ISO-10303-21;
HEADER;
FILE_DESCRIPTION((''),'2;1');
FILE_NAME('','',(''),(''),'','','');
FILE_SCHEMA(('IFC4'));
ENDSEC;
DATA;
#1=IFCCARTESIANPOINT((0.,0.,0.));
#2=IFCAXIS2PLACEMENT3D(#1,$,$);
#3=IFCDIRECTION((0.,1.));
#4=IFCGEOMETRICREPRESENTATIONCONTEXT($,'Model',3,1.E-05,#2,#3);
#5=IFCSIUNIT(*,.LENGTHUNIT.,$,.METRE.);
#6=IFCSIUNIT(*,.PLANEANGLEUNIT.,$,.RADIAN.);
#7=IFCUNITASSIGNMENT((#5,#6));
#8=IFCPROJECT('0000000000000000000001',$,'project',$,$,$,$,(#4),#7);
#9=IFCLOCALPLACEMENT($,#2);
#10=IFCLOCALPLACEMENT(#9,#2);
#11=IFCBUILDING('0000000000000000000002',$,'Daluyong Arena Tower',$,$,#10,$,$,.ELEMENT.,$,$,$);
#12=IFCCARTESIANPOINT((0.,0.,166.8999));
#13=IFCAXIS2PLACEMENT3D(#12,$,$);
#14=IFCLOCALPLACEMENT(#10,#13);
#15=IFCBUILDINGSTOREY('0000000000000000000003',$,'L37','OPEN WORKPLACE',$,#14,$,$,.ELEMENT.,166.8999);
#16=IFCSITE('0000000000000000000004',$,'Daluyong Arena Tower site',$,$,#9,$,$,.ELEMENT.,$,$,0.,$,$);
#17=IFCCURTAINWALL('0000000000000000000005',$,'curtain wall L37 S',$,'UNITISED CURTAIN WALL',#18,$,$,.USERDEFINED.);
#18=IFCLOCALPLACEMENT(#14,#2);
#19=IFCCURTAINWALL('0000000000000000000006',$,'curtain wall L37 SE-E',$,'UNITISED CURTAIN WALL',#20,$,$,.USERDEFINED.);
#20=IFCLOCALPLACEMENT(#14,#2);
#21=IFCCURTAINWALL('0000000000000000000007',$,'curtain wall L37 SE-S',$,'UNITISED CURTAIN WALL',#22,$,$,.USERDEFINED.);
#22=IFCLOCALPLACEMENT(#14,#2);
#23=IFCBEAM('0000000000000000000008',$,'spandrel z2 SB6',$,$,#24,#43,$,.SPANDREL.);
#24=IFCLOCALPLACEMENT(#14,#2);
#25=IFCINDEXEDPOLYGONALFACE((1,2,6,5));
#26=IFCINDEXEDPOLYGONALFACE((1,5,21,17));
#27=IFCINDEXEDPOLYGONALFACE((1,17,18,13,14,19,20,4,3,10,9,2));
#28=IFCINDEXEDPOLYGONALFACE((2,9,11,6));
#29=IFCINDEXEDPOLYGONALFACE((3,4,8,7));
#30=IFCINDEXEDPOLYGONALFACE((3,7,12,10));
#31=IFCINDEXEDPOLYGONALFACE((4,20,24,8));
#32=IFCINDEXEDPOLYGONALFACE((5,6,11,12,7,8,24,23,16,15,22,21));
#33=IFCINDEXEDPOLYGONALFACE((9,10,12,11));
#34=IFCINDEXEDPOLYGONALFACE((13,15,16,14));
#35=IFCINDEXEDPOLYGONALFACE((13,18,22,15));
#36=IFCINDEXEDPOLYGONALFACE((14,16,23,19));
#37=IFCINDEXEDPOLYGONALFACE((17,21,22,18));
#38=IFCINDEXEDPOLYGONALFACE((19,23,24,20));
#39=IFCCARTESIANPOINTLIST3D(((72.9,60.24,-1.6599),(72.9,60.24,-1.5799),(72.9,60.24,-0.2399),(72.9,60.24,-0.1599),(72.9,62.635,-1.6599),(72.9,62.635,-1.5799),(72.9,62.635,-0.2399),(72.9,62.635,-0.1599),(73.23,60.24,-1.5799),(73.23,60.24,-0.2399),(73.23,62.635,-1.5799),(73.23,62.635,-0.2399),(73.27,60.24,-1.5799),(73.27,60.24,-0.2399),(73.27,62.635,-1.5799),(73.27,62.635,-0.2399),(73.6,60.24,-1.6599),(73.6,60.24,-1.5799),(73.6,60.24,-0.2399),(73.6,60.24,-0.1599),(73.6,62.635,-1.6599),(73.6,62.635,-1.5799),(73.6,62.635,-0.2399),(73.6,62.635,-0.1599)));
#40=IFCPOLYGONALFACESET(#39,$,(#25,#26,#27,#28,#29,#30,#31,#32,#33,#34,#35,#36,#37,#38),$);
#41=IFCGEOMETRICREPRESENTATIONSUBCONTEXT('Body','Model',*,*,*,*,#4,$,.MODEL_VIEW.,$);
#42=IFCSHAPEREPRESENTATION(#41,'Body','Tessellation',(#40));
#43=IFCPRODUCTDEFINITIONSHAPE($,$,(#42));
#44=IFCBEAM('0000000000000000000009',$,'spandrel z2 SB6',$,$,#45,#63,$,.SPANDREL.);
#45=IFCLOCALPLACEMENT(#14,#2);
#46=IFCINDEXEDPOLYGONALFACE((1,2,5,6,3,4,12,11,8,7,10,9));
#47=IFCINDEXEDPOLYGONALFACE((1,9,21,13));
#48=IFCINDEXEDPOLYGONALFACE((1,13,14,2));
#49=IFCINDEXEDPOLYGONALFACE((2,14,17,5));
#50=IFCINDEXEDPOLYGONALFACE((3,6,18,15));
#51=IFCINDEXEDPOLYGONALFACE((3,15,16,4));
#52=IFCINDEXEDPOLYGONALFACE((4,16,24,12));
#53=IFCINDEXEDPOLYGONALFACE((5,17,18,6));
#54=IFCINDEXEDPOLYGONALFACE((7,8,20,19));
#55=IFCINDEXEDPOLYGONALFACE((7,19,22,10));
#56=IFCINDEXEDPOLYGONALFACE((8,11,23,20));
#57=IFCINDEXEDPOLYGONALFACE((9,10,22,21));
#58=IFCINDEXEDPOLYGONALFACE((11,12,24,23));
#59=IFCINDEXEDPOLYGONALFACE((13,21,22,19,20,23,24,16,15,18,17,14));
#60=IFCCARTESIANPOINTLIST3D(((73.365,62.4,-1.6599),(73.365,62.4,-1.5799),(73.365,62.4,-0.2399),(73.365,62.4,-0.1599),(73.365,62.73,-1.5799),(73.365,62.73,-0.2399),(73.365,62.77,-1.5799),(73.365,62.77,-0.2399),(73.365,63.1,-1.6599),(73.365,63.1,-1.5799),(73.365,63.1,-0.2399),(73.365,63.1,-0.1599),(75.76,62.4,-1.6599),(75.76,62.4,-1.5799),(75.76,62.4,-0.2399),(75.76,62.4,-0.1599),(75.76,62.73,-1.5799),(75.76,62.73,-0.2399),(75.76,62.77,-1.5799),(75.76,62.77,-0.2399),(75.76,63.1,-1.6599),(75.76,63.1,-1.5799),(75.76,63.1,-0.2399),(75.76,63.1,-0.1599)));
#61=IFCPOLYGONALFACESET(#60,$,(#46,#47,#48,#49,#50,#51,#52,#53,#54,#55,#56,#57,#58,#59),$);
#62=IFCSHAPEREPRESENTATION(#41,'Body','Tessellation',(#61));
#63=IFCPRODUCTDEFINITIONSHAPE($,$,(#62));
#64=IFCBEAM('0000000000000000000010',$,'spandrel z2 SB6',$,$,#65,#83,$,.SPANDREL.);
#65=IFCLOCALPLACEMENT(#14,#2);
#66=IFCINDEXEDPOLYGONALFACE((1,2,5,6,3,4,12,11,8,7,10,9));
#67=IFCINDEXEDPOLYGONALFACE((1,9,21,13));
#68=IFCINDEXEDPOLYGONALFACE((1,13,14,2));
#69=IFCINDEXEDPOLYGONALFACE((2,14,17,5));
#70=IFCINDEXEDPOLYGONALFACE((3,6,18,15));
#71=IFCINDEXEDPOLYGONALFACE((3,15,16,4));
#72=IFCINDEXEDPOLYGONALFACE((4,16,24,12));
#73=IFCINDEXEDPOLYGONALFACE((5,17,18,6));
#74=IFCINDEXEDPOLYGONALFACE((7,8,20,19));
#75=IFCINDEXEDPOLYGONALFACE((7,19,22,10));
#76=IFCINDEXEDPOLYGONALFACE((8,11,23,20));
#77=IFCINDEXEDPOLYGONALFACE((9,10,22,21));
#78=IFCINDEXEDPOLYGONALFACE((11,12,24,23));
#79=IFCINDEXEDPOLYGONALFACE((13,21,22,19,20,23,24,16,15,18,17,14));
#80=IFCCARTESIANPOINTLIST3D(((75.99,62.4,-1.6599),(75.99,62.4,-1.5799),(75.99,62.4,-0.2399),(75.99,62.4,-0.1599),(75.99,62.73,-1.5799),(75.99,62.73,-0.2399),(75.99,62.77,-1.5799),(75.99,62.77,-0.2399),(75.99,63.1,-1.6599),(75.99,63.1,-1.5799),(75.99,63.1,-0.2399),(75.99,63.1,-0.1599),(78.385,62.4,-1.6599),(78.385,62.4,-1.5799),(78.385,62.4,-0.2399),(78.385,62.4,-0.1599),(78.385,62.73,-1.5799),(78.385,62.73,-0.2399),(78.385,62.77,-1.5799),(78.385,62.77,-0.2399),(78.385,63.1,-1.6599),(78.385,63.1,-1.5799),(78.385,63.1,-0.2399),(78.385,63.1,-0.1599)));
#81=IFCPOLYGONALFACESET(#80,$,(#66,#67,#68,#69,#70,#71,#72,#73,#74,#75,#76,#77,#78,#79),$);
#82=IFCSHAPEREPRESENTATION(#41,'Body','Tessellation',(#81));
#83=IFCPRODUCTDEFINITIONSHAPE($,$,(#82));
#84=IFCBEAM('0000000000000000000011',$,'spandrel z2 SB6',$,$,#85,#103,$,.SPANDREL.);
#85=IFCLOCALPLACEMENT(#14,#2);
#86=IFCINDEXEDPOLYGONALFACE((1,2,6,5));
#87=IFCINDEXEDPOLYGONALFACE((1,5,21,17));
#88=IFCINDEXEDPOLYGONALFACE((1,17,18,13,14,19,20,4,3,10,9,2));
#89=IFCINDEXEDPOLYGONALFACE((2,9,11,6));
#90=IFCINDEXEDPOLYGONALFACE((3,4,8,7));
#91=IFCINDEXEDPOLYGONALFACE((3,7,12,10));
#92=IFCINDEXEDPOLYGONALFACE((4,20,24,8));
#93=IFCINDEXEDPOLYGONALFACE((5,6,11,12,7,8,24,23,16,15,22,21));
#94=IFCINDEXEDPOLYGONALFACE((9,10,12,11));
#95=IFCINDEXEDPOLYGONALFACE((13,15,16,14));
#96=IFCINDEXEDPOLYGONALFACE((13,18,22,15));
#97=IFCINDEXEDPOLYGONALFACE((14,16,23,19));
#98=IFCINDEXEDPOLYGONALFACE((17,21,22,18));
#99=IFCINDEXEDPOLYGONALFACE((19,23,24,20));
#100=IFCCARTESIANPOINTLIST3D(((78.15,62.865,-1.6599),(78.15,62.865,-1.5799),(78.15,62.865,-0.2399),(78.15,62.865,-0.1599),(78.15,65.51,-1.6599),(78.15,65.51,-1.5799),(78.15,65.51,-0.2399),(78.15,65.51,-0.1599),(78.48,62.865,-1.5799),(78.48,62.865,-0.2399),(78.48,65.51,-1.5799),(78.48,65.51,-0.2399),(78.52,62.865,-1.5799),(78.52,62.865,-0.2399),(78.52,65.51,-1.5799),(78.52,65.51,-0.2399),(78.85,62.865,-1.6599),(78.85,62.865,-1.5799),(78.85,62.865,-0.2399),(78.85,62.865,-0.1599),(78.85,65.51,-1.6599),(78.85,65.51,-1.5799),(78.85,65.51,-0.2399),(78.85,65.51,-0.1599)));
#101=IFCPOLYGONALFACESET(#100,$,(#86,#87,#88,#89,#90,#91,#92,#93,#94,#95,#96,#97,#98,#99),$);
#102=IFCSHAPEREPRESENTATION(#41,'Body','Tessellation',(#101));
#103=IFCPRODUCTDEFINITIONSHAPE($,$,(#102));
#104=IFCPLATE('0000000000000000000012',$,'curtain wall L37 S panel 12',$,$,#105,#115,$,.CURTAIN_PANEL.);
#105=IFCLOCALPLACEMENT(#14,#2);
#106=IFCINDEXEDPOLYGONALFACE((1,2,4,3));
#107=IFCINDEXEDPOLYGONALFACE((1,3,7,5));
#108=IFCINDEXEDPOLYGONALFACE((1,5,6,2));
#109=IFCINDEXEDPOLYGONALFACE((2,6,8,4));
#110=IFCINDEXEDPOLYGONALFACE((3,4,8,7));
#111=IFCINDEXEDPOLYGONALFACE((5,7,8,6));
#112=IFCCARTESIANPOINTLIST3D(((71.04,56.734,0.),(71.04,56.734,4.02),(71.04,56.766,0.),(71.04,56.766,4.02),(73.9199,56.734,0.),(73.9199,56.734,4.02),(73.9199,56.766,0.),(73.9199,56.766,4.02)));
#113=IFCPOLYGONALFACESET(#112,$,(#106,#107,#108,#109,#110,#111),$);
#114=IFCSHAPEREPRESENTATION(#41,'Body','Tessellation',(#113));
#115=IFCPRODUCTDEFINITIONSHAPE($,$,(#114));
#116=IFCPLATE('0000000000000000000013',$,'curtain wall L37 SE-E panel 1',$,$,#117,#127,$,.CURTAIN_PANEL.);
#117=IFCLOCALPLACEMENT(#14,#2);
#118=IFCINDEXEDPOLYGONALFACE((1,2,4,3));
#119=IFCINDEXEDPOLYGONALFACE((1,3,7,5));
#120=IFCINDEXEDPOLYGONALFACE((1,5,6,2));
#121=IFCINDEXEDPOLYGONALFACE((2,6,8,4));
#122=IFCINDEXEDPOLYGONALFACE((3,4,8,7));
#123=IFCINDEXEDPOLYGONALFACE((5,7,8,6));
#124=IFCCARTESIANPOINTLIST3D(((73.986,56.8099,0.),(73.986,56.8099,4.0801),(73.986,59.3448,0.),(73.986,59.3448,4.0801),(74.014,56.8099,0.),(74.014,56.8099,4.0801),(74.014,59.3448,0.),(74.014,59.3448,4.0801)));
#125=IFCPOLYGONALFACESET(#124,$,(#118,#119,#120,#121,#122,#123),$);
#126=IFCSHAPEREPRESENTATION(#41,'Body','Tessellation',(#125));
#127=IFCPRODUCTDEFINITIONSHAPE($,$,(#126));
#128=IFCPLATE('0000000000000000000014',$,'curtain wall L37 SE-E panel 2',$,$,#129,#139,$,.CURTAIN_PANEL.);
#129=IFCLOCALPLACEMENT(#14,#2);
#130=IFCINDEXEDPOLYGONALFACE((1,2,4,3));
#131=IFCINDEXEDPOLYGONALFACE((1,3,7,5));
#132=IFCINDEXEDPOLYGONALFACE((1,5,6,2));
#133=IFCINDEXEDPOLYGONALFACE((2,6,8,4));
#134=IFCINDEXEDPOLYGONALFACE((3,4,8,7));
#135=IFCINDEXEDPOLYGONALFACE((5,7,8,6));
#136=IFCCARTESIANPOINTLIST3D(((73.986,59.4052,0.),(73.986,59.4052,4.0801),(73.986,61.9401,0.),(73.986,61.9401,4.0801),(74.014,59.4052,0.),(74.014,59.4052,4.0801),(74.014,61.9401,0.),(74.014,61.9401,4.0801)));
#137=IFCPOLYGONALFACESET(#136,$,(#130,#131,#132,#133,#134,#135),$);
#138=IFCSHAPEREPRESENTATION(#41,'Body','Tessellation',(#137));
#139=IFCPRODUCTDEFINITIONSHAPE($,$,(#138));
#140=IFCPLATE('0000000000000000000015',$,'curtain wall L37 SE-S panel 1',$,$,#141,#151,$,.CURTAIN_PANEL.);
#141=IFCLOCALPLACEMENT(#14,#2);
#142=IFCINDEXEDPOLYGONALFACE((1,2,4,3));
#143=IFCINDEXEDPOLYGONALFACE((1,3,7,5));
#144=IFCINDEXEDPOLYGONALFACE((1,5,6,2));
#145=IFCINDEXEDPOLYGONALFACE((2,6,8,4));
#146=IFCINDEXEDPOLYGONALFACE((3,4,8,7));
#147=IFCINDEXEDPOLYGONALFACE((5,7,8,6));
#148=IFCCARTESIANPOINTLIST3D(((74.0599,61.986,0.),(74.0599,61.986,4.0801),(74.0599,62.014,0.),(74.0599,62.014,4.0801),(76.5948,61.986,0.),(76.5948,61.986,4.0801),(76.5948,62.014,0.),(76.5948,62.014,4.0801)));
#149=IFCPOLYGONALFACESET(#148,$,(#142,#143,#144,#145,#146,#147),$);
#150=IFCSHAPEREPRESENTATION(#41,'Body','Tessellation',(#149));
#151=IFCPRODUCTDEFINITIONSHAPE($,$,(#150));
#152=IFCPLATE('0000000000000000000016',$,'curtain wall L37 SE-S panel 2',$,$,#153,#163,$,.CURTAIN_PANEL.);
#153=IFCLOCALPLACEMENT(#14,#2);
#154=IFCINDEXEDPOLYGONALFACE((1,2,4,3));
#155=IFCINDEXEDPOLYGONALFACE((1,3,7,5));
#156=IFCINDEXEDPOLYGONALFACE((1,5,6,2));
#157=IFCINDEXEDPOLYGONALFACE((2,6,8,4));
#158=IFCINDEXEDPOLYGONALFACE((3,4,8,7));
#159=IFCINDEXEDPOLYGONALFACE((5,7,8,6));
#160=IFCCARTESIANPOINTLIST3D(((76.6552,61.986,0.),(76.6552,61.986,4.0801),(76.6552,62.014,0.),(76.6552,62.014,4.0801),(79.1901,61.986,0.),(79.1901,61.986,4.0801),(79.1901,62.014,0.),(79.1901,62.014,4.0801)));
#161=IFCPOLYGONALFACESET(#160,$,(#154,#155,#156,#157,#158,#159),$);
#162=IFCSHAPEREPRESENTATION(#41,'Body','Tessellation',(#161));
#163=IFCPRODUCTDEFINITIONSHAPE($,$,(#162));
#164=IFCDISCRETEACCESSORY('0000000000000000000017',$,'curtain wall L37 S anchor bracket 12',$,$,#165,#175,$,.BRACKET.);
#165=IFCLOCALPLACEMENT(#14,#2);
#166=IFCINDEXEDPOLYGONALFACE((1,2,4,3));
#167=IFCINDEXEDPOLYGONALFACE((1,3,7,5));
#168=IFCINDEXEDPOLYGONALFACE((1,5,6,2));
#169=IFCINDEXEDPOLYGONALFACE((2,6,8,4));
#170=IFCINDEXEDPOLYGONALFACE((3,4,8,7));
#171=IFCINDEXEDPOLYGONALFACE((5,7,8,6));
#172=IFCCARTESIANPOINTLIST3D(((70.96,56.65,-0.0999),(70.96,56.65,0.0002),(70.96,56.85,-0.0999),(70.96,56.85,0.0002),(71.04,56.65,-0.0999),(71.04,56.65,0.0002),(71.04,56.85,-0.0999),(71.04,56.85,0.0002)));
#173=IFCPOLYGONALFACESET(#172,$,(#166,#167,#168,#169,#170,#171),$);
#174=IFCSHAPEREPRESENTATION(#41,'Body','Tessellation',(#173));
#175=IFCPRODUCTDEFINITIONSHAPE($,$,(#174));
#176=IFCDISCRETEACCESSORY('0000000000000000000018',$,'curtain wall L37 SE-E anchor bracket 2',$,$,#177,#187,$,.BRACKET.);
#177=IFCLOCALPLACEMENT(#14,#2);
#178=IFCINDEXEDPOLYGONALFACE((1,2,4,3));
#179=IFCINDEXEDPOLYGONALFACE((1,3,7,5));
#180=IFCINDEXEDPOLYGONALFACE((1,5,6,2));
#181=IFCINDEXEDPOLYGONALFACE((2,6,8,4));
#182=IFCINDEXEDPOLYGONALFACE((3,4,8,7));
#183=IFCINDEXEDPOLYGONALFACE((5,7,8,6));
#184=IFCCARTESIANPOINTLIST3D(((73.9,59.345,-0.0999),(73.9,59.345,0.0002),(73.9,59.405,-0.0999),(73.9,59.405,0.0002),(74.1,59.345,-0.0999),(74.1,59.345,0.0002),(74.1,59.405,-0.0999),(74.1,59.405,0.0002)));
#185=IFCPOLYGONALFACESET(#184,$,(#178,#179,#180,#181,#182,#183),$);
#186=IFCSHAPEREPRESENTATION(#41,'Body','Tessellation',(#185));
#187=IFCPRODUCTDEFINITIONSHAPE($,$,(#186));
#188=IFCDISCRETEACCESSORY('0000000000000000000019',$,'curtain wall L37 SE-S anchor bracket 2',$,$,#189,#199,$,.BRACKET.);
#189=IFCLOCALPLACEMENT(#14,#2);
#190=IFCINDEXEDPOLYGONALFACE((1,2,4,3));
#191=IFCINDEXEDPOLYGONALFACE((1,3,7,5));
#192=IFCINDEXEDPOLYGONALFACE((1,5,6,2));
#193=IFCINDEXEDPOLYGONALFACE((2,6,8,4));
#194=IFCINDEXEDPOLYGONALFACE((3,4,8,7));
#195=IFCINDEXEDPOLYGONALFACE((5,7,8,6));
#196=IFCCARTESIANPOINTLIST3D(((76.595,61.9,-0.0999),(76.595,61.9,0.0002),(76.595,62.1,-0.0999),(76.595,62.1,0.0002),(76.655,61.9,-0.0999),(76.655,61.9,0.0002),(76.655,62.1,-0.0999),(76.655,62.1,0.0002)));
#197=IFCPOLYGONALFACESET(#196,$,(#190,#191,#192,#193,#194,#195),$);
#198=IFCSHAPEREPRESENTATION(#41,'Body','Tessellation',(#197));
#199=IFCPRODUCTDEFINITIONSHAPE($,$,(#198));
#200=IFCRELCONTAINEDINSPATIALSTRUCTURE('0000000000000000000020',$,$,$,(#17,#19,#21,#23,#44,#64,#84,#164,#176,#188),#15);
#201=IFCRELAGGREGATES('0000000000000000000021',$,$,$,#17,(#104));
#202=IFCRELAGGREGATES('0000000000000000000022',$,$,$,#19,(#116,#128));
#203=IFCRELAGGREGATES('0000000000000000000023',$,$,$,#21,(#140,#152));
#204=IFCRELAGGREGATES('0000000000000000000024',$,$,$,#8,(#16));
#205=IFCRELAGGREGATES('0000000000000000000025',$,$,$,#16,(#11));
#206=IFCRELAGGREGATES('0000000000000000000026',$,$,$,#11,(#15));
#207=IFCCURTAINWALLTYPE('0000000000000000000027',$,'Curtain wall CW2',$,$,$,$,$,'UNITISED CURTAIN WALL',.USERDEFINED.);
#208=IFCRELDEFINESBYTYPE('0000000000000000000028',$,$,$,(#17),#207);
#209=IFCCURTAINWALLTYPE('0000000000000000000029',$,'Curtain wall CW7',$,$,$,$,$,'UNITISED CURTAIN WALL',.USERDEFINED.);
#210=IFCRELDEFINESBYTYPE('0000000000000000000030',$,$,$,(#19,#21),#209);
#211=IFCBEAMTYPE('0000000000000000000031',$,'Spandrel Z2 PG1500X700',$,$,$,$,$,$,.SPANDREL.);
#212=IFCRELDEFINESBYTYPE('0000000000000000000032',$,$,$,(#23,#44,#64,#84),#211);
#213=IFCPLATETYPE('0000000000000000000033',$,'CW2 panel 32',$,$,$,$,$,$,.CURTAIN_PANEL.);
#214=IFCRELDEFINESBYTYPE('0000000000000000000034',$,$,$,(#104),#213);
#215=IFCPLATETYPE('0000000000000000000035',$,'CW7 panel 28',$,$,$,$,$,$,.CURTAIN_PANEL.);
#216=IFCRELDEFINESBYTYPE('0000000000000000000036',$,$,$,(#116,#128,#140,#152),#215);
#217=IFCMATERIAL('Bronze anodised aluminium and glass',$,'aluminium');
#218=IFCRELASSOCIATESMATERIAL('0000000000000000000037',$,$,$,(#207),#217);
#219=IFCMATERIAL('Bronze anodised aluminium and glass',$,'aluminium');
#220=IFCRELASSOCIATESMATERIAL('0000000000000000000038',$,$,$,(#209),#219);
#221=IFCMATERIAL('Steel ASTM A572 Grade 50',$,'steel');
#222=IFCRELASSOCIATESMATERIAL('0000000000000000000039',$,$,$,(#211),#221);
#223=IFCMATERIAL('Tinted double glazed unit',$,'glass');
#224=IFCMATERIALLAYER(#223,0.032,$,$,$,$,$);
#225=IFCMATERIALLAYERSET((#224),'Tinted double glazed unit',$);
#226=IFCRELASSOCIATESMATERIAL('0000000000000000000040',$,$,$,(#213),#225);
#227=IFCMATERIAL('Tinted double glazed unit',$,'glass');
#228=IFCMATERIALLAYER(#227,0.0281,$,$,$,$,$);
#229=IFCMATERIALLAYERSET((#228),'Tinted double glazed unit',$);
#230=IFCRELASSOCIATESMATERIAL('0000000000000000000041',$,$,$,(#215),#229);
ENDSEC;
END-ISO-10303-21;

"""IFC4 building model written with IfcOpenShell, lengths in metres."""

from ifc_helpers import new_model, si_unit, direction, frame, origin, origin_2d, place, context, subcontext, project, spatial, rectangle, i_section, extrude, material, layer, layer_set, material_profile, profile_set, type_object, element, aggregate, save


model = new_model("IFC4")

# Units and contexts
model_context = context("Model", 3, precision=1e-05, world=origin(), true_north=direction((0.0, 1.0)))
body_context = subcontext(model_context, "Body", "Model", "MODEL_VIEW")
ifc_project = project(units=[si_unit("LENGTHUNIT", "METRE"), si_unit("PLANEANGLEUNIT", "RADIAN")], contexts=[model_context])

# Site, building, storey
site_placement = place(None, origin())
site = spatial("IfcSite", under=ifc_project, at=site_placement, Name="Daluyong Arena Tower site", CompositionType="ELEMENT", RefElevation=0.0)
building_placement = place(site_placement, origin())
building = spatial("IfcBuilding", under=site, at=building_placement, Name="Daluyong Arena Tower", CompositionType="ELEMENT")
storey_placement = place(building_placement, frame((0.0, 0.0, 166.8999)))
storey = spatial("IfcBuildingStorey", under=building, at=storey_placement, Name="L37", Description="OPEN WORKPLACE", CompositionType="ELEMENT", Elevation=166.8999)

# Curtain wall
ifc_material_1 = material(Name="Bronze anodised aluminium and glass", Category="aluminium")
curtain_wall_type_1 = type_object("IfcCurtainWallType", Name="Curtain wall CW2", ElementType="UNITISED CURTAIN WALL", PredefinedType="USERDEFINED", material=ifc_material_1)
curtain_wall_1_placement = place(storey_placement, origin())
curtain_wall_1 = element("IfcCurtainWall", 1, at=curtain_wall_1_placement, inside=storey, type_object=curtain_wall_type_1, Name="curtain wall L37 S", ObjectType="UNITISED CURTAIN WALL", PredefinedType="USERDEFINED")

# Curtain walls
ifc_material_2 = material(Name="Bronze anodised aluminium and glass", Category="aluminium")
curtain_wall_type_2 = type_object("IfcCurtainWallType", Name="Curtain wall CW7", ElementType="UNITISED CURTAIN WALL", PredefinedType="USERDEFINED", material=ifc_material_2)
curtain_wall_2_placement = place(storey_placement, origin())
curtain_wall_2 = element("IfcCurtainWall", 2, at=curtain_wall_2_placement, inside=storey, type_object=curtain_wall_type_2, Name="curtain wall L37 SE-E", ObjectType="UNITISED CURTAIN WALL", PredefinedType="USERDEFINED")
curtain_wall_3_placement = place(storey_placement, origin())
curtain_wall_3 = element("IfcCurtainWall", 3, at=curtain_wall_3_placement, inside=storey, type_object=curtain_wall_type_2, Name="curtain wall L37 SE-S", ObjectType="UNITISED CURTAIN WALL", PredefinedType="USERDEFINED")

# Beams
ifc_material_3 = material(Name="Steel ASTM A572 Grade 50", Category="steel")
ifc_material_profile_1 = material_profile(ifc_material_3, i_section(OverallWidth=0.7, OverallDepth=1.5, WebThickness=0.04, FlangeThickness=0.08, at=origin_2d()))
ifc_profile_set_1 = profile_set([ifc_material_profile_1], Name="Steel ASTM A572 Grade 50")
beam_type_1 = type_object("IfcBeamType", Name="Spandrel Z2 PG1500X700", PredefinedType="SPANDREL", material=ifc_profile_set_1)
for number, where, z_axis, x_axis, name in (
    (4, (73.25, 60.24, -0.9099), (0.0, 1.0, 0.0), (-1.0, 0.0, 0.0), "spandrel z2 SB6"),
    (5, (73.365, 62.75, -0.9099), (1.0, 0.0, 0.0), (0.0, 1.0, 0.0), "spandrel z2 SB6"),
    (6, (75.99, 62.75, -0.9099), (1.0, 0.0, 0.0), (0.0, 1.0, 0.0), "spandrel z2 SB6"),
):
    element("IfcBeam", number, at=place(storey_placement, frame(where, z_axis=z_axis, x_axis=x_axis)), inside=storey, type_object=beam_type_1, Name=name, PredefinedType="SPANDREL", context=body_context, shape_type="SweptSolid", body=[
        extrude(i_section(OverallWidth=0.7, OverallDepth=1.5, WebThickness=0.04, FlangeThickness=0.08, at=origin_2d()), origin(), (0.0, 0.0, 1.0), 2.395),
    ])
beam_1_placement = place(storey_placement, frame((78.5, 62.865, -0.9099), z_axis=(0.0, 1.0, 0.0), x_axis=(-1.0, 0.0, 0.0)))
element("IfcBeam", 7, at=beam_1_placement, inside=storey, type_object=beam_type_1, Name="spandrel z2 SB6", PredefinedType="SPANDREL", context=body_context, shape_type="SweptSolid", body=[
    extrude(i_section(OverallWidth=0.7, OverallDepth=1.5, WebThickness=0.04, FlangeThickness=0.08, at=origin_2d()), origin(), (0.0, 0.0, 1.0), 2.645),
])

# Plates
ifc_material_4 = material(Name="Tinted double glazed unit", Category="glass")
ifc_layer_1 = layer(ifc_material_4, 0.032)
ifc_layer_set_1 = layer_set([ifc_layer_1], Name="Tinted double glazed unit")
plate_type_1 = type_object("IfcPlateType", Name="CW2 panel 32", PredefinedType="CURTAIN_PANEL", material=ifc_layer_set_1)
plate_1_placement = place(storey_placement, frame((72.48, 56.75, 0.0), z_axis=(0.0, 0.0, 1.0), x_axis=(1.0, 0.0, 0.0)))
plate_1 = element("IfcPlate", 8, at=plate_1_placement, type_object=plate_type_1, Name="curtain wall L37 S panel 12", PredefinedType="CURTAIN_PANEL", context=body_context, shape_type="SweptSolid", body=[
    extrude(rectangle(XDim=2.8799, YDim=0.032, at=origin_2d()), origin(), (0.0, 0.0, 1.0), 4.02),
])
aggregate(curtain_wall_1, [plate_1])
ifc_material_5 = material(Name="Tinted double glazed unit", Category="glass")
ifc_layer_2 = layer(ifc_material_5, 0.0281)
ifc_layer_set_2 = layer_set([ifc_layer_2], Name="Tinted double glazed unit")
plate_type_2 = type_object("IfcPlateType", Name="CW7 panel 28", PredefinedType="CURTAIN_PANEL", material=ifc_layer_set_2)
plate_2_placement = place(storey_placement, frame((74.0, 58.0774, 0.0), z_axis=(0.0, 0.0, 1.0), x_axis=(0.0, 1.0, 0.0)))
plate_2 = element("IfcPlate", 9, at=plate_2_placement, type_object=plate_type_2, Name="curtain wall L37 SE-E panel 1", PredefinedType="CURTAIN_PANEL", context=body_context, shape_type="SweptSolid", body=[
    extrude(rectangle(XDim=2.5349, YDim=0.0281, at=origin_2d()), origin(), (0.0, 0.0, 1.0), 4.0801),
])
plate_3_placement = place(storey_placement, frame((74.0, 60.6726, 0.0), z_axis=(0.0, 0.0, 1.0), x_axis=(0.0, 1.0, 0.0)))
plate_3 = element("IfcPlate", 10, at=plate_3_placement, type_object=plate_type_2, Name="curtain wall L37 SE-E panel 2", PredefinedType="CURTAIN_PANEL", context=body_context, shape_type="SweptSolid", body=[
    extrude(rectangle(XDim=2.5349, YDim=0.0281, at=origin_2d()), origin(), (0.0, 0.0, 1.0), 4.0801),
])
aggregate(curtain_wall_2, [plate_2, plate_3])
plate_4_placement = place(storey_placement, frame((75.3274, 62.0, 0.0), z_axis=(0.0, 0.0, 1.0), x_axis=(1.0, 0.0, 0.0)))
plate_4 = element("IfcPlate", 11, at=plate_4_placement, type_object=plate_type_2, Name="curtain wall L37 SE-S panel 1", PredefinedType="CURTAIN_PANEL", context=body_context, shape_type="SweptSolid", body=[
    extrude(rectangle(XDim=2.5349, YDim=0.0281, at=origin_2d()), origin(), (0.0, 0.0, 1.0), 4.0801),
])
plate_5_placement = place(storey_placement, frame((77.9226, 62.0, 0.0), z_axis=(0.0, 0.0, 1.0), x_axis=(1.0, 0.0, 0.0)))
plate_5 = element("IfcPlate", 12, at=plate_5_placement, type_object=plate_type_2, Name="curtain wall L37 SE-S panel 2", PredefinedType="CURTAIN_PANEL", context=body_context, shape_type="SweptSolid", body=[
    extrude(rectangle(XDim=2.5349, YDim=0.0281, at=origin_2d()), origin(), (0.0, 0.0, 1.0), 4.0801),
])
aggregate(curtain_wall_3, [plate_4, plate_5])

# Discrete accessories
discrete_accessory_placement = place(storey_placement, frame((71.0, 56.75, -0.0999), z_axis=(0.0, 0.0, 1.0), x_axis=(1.0, 0.0, 0.0)))
element("IfcDiscreteAccessory", 13, at=discrete_accessory_placement, inside=storey, Name="curtain wall L37 S anchor bracket 12", PredefinedType="BRACKET", context=body_context, shape_type="SweptSolid", body=[
    extrude(rectangle(XDim=0.0801, YDim=0.2, at=origin_2d()), origin(), (0.0, 0.0, 1.0), 0.1001),
])
for number, where, z_axis, x_axis, name in (
    (14, (74.0, 59.375, -0.0999), (0.0, 0.0, 1.0), (0.0, 1.0, 0.0), "curtain wall L37 SE-E anchor bracket 2"),
    (15, (76.625, 62.0, -0.0999), (0.0, 0.0, 1.0), (1.0, 0.0, 0.0), "curtain wall L37 SE-S anchor bracket 2"),
):
    element("IfcDiscreteAccessory", number, at=place(storey_placement, frame(where, z_axis=z_axis, x_axis=x_axis)), inside=storey, Name=name, PredefinedType="BRACKET", context=body_context, shape_type="SweptSolid", body=[
        extrude(rectangle(XDim=0.0601, YDim=0.2, at=origin_2d()), origin(), (0.0, 0.0, 1.0), 0.1001),
    ])

save(model, "model.ifc")
